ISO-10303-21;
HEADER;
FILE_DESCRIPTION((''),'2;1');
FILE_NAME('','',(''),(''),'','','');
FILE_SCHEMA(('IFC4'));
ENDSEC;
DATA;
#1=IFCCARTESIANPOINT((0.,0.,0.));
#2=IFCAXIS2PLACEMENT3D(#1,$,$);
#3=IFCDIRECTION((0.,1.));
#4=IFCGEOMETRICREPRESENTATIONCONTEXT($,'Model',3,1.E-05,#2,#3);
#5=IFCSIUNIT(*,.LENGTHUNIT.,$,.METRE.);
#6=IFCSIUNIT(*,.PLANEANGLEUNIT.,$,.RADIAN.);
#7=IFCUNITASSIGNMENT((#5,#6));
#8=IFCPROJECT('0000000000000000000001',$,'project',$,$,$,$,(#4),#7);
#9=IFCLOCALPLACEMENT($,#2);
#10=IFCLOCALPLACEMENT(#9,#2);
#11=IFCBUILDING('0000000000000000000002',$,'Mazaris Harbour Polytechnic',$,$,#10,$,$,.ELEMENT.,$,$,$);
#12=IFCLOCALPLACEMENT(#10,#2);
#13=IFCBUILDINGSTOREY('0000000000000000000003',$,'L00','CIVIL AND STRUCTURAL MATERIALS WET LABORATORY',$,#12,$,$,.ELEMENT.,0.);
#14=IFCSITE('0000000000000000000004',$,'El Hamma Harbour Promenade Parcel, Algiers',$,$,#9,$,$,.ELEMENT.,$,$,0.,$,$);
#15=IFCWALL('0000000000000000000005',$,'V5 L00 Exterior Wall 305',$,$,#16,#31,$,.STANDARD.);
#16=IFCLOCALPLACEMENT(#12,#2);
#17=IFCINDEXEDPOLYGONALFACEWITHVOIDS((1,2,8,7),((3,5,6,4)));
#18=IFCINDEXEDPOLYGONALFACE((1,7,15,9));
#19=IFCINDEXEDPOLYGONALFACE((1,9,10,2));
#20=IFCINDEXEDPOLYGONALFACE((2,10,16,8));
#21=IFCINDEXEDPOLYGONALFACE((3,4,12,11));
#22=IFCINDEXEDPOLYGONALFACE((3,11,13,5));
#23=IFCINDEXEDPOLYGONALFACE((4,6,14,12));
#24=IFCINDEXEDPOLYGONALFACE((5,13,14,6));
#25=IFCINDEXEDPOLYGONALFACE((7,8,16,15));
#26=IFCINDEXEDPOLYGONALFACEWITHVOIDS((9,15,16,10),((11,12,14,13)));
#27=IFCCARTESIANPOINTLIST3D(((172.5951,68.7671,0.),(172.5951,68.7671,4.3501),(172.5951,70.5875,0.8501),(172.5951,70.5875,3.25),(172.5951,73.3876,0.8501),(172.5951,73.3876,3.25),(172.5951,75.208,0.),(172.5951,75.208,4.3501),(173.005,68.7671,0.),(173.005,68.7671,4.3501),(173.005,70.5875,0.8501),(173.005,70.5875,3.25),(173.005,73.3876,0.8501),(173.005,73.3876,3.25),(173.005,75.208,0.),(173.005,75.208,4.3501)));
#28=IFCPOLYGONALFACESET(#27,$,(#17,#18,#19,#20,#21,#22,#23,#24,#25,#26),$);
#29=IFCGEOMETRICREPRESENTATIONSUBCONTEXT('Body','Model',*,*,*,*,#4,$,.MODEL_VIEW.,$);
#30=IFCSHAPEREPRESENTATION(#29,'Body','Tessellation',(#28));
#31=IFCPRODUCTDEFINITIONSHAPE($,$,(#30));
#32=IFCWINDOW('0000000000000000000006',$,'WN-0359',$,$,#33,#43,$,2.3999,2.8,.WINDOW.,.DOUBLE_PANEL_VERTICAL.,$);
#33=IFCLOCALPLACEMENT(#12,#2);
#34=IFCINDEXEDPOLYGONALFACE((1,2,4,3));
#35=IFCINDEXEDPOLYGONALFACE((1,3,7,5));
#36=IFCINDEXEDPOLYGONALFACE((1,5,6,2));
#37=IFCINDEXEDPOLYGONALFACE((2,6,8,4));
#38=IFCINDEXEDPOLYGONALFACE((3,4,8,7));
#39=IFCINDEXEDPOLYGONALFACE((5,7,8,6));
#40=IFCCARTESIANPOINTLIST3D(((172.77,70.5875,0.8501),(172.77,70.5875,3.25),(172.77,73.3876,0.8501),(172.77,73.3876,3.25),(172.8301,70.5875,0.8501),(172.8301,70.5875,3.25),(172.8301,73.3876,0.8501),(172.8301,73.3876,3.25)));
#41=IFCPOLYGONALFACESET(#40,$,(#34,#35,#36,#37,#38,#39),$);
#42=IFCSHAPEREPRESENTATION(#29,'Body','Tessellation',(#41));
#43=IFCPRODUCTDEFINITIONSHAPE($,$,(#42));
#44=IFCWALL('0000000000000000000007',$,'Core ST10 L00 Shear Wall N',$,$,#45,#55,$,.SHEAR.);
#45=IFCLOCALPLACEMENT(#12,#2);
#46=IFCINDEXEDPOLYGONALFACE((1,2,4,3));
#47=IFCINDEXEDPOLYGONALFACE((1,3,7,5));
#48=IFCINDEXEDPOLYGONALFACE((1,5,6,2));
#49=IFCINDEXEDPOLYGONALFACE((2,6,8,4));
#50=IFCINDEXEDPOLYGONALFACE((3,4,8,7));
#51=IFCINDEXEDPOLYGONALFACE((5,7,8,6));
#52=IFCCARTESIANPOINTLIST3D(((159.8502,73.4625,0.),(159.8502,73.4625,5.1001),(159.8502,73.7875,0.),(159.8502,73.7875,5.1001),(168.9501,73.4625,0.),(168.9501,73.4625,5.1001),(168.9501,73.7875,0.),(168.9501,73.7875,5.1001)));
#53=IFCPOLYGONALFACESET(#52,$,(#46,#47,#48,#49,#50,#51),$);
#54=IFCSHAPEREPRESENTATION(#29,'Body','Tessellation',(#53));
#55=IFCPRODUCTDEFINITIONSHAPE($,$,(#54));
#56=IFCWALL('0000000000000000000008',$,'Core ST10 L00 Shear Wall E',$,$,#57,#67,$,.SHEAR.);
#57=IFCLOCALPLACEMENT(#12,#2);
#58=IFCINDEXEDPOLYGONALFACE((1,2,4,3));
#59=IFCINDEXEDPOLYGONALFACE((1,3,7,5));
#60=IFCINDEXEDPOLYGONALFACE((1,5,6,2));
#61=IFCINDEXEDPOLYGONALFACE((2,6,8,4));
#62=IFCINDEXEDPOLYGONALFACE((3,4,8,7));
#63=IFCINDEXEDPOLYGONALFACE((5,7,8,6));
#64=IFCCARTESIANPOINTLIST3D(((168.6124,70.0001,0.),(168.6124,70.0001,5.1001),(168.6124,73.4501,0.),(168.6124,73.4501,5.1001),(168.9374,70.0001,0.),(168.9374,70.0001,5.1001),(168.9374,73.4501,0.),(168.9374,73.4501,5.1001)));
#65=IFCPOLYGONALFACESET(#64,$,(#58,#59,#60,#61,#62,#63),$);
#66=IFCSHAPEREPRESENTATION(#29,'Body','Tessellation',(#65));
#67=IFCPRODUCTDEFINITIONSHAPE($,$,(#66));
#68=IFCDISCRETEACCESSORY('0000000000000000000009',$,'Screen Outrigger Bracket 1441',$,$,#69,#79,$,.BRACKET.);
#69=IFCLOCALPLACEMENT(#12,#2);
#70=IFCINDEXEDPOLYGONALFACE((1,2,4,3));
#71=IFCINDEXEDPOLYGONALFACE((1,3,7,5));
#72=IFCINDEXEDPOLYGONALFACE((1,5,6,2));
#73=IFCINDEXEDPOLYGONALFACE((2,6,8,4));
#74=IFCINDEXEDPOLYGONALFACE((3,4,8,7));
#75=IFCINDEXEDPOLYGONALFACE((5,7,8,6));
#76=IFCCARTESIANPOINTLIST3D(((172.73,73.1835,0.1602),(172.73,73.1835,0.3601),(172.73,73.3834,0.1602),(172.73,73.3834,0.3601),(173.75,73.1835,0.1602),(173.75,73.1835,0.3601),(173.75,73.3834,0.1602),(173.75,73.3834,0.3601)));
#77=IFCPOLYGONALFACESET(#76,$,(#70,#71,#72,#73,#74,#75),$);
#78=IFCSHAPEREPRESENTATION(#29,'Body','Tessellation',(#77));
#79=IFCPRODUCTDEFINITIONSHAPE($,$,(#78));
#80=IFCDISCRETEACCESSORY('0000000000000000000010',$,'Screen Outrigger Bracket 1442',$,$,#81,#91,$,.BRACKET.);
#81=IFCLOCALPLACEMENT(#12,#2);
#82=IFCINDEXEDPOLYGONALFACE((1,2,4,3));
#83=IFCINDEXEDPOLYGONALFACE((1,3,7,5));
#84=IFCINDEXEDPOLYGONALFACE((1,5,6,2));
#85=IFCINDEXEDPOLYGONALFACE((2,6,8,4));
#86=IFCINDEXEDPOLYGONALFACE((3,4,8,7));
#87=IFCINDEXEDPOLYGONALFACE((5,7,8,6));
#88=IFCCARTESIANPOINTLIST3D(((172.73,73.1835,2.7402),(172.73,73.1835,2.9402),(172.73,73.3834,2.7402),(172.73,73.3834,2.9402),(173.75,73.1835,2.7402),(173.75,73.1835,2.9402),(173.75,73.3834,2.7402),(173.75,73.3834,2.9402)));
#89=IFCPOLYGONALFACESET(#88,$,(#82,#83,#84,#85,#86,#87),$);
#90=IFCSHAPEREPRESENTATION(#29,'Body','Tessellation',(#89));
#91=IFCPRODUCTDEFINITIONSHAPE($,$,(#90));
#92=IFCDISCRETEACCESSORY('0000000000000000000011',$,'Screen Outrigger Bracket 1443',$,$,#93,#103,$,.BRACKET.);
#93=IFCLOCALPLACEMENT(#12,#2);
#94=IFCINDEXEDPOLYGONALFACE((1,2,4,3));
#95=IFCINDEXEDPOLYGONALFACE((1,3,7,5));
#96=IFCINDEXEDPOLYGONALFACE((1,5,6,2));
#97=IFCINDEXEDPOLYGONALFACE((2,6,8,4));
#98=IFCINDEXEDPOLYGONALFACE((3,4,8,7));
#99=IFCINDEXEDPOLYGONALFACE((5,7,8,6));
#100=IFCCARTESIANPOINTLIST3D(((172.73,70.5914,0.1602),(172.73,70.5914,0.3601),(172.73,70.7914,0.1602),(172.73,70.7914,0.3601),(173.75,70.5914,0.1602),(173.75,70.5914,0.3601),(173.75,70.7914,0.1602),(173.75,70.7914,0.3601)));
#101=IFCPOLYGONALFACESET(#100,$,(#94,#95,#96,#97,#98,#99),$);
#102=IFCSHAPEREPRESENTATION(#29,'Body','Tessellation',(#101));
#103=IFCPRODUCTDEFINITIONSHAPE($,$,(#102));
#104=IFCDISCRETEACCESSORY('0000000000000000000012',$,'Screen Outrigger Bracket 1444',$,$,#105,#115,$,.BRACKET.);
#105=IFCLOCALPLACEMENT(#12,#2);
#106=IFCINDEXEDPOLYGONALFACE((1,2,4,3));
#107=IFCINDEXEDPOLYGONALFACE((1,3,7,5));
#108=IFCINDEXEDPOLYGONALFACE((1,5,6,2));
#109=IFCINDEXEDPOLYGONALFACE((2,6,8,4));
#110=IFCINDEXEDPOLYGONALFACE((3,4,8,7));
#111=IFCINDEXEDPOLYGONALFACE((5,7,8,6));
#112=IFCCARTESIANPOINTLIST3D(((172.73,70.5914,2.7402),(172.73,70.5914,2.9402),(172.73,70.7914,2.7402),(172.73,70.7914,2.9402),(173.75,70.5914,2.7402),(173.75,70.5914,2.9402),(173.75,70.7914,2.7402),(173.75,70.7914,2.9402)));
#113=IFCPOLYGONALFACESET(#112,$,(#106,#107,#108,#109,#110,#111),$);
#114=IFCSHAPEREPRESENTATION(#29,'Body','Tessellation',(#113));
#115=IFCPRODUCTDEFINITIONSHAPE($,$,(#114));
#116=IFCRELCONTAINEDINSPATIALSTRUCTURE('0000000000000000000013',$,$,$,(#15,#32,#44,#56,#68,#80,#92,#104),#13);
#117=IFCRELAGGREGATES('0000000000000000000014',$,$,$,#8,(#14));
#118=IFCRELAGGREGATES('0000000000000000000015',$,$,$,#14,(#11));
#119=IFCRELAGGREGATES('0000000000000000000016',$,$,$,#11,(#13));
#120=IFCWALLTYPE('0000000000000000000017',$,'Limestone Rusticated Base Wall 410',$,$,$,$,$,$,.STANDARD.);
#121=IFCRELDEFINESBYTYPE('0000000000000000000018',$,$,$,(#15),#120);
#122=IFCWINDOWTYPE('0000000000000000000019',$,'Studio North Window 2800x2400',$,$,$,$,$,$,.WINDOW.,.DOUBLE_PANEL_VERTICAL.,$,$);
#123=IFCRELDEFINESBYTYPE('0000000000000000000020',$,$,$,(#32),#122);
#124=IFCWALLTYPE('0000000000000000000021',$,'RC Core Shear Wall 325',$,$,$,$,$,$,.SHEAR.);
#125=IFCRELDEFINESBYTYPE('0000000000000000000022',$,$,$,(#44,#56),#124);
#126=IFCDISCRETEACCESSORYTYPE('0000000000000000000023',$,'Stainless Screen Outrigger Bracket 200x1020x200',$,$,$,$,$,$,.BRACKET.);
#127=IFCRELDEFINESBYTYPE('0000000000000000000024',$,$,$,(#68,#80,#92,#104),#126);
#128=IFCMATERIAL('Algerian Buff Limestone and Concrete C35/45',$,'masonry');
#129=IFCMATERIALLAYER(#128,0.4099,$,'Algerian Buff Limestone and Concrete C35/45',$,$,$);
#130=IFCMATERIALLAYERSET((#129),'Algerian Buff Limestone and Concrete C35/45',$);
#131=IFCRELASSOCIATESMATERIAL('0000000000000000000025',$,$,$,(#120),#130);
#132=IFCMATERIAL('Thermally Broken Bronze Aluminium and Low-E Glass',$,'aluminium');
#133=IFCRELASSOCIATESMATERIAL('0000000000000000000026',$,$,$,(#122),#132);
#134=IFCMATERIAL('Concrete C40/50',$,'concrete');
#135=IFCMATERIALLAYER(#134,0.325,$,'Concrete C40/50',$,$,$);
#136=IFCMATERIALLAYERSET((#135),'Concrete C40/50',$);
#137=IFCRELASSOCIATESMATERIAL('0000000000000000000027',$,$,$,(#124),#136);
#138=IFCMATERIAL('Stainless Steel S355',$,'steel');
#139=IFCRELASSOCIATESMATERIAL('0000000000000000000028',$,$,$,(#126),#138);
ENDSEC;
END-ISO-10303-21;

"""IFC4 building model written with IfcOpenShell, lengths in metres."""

from ifc_helpers import new_model, si_unit, direction, frame, frame_2d, origin, origin_2d, place, context, subcontext, project, spatial, rectangle, extrude, material, layer, layer_set, type_object, element, fill, save


model = new_model("IFC4")

# Units and contexts
model_context = context("Model", 3, precision=1e-05, world=origin(), true_north=direction((0.0, 1.0)))
body_context = subcontext(model_context, "Body", "Model", "MODEL_VIEW")
ifc_project = project(units=[si_unit("LENGTHUNIT", "METRE"), si_unit("PLANEANGLEUNIT", "RADIAN")], contexts=[model_context])

# Site, building, storey
site_placement = place(None, origin())
site = spatial("IfcSite", under=ifc_project, at=site_placement, Name="El Hamma Harbour Promenade Parcel, Algiers", CompositionType="ELEMENT", RefElevation=0.0)
building_placement = place(site_placement, origin())
building = spatial("IfcBuilding", under=site, at=building_placement, Name="Mazaris Harbour Polytechnic", CompositionType="ELEMENT")
storey_placement = place(building_placement, origin())
storey = spatial("IfcBuildingStorey", under=building, at=storey_placement, Name="L00", Description="CIVIL AND STRUCTURAL MATERIALS WET LABORATORY", CompositionType="ELEMENT", Elevation=0.0)

# Shared definitions
ifc_material_1 = material(Name="Algerian Buff Limestone and Concrete C35/45", Category="masonry")
ifc_layer_1 = layer(ifc_material_1, 0.4099, Name="Algerian Buff Limestone and Concrete C35/45")
ifc_layer_set_1 = layer_set([ifc_layer_1], Name="Algerian Buff Limestone and Concrete C35/45")
wall_type_1 = type_object("IfcWallType", Name="Limestone Rusticated Base Wall 410", PredefinedType="STANDARD", material=ifc_layer_set_1)

# Wall, opening, window
wall_1_placement = place(storey_placement, frame((172.8, 75.208, 0.0), z_axis=(0.0, 0.0, 1.0), x_axis=(0.0, -1.0, 0.0)))
wall_1 = element("IfcWall", 1, at=wall_1_placement, inside=storey, type_object=wall_type_1, Name="V5 L00 Exterior Wall 305", PredefinedType="STANDARD", context=body_context, shape_type="SweptSolid", body=[
    extrude(rectangle(XDim=6.4409, YDim=0.4099, at=frame_2d((3.2205, 0.0))), origin(), (0.0, 0.0, 1.0), 4.3501),
])
opening_1_placement = place(wall_1_placement, frame((1.8206, 0.0, 0.8501)))
opening_1 = element("IfcOpeningElement", 2, at=opening_1_placement, cuts=wall_1, PredefinedType="OPENING", context=body_context, shape_type="SweptSolid", body=[
    extrude(rectangle(XDim=2.8, YDim=2.3999, at=frame_2d((1.3999, 1.2))), frame((0.0, 0.2148, 0.0), z_axis=(0.0, -1.0, 0.0), x_axis=(1.0, 0.0, 0.0)), (0.0, 0.0, 1.0), 0.4299),
])
ifc_material_2 = material(Name="Thermally Broken Bronze Aluminium and Low-E Glass", Category="aluminium")
window_type_1 = type_object("IfcWindowType", Name="Studio North Window 2800x2400", PartitioningType="DOUBLE_PANEL_VERTICAL", PredefinedType="WINDOW", material=ifc_material_2)
window_1_placement = place(opening_1_placement, origin())
window_1 = element("IfcWindow", 3, at=window_1_placement, inside=storey, type_object=window_type_1, Name="WN-0359", OverallHeight=2.3999, OverallWidth=2.8, PartitioningType="DOUBLE_PANEL_VERTICAL", PredefinedType="WINDOW", context=body_context, shape_type="SweptSolid", body=[
    extrude(rectangle(XDim=2.8, YDim=2.3999, at=frame_2d((1.3999, 1.2))), frame((0.0, 0.03, 0.0), z_axis=(0.0, -1.0, 0.0), x_axis=(1.0, 0.0, 0.0)), (0.0, 0.0, 1.0), 0.0601),
])
fill(opening_1, window_1)

# Walls
ifc_material_3 = material(Name="Concrete C40/50", Category="concrete")
ifc_layer_2 = layer(ifc_material_3, 0.325, Name="Concrete C40/50")
ifc_layer_set_2 = layer_set([ifc_layer_2], Name="Concrete C40/50")
wall_type_2 = type_object("IfcWallType", Name="RC Core Shear Wall 325", PredefinedType="SHEAR", material=ifc_layer_set_2)
wall_2_placement = place(storey_placement, frame((168.95, 73.625, 0.0), z_axis=(0.0, 0.0, 1.0), x_axis=(-1.0, 0.0, 0.0)))
element("IfcWall", 4, at=wall_2_placement, inside=storey, type_object=wall_type_2, Name="Core ST10 L00 Shear Wall N", PredefinedType="SHEAR", context=body_context, shape_type="SweptSolid", body=[
    extrude(rectangle(XDim=9.0999, YDim=0.325, at=frame_2d((4.5498, 0.0))), origin(), (0.0, 0.0, 1.0), 5.1001),
])
wall_3_placement = place(storey_placement, frame((168.7749, 70.0, 0.0), z_axis=(0.0, 0.0, 1.0), x_axis=(0.0, 1.0, 0.0)))
element("IfcWall", 5, at=wall_3_placement, inside=storey, type_object=wall_type_2, Name="Core ST10 L00 Shear Wall E", PredefinedType="SHEAR", context=body_context, shape_type="SweptSolid", body=[
    extrude(rectangle(XDim=3.45, YDim=0.325, at=frame_2d((1.7251, 0.0))), origin(), (0.0, 0.0, 1.0), 5.1001),
])

# Discrete accessories
ifc_material_4 = material(Name="Stainless Steel S355", Category="steel")
discrete_accessory_type = type_object("IfcDiscreteAccessoryType", Name="Stainless Screen Outrigger Bracket 200x1020x200", PredefinedType="BRACKET", material=ifc_material_4)
for number, where, z_axis, x_axis, name in (
    (6, (173.24, 73.2834, 0.1602), (0.0, 0.0, 1.0), (0.0, -1.0, 0.0), "Screen Outrigger Bracket 1441"),
    (7, (173.24, 73.2834, 2.7402), (0.0, 0.0, 1.0), (0.0, -1.0, 0.0), "Screen Outrigger Bracket 1442"),
    (8, (173.24, 70.6914, 0.1602), (0.0, 0.0, 1.0), (0.0, -1.0, 0.0), "Screen Outrigger Bracket 1443"),
    (9, (173.24, 70.6914, 2.7402), (0.0, 0.0, 1.0), (0.0, -1.0, 0.0), "Screen Outrigger Bracket 1444"),
):
    element("IfcDiscreteAccessory", number, at=place(storey_placement, frame(where, z_axis=z_axis, x_axis=x_axis)), inside=storey, type_object=discrete_accessory_type, Name=name, PredefinedType="BRACKET", context=body_context, shape_type="SweptSolid", body=[
        extrude(rectangle(XDim=0.2, YDim=1.02, at=origin_2d()), origin(), (0.0, 0.0, 1.0), 0.2),
    ])

save(model, "model.ifc")
